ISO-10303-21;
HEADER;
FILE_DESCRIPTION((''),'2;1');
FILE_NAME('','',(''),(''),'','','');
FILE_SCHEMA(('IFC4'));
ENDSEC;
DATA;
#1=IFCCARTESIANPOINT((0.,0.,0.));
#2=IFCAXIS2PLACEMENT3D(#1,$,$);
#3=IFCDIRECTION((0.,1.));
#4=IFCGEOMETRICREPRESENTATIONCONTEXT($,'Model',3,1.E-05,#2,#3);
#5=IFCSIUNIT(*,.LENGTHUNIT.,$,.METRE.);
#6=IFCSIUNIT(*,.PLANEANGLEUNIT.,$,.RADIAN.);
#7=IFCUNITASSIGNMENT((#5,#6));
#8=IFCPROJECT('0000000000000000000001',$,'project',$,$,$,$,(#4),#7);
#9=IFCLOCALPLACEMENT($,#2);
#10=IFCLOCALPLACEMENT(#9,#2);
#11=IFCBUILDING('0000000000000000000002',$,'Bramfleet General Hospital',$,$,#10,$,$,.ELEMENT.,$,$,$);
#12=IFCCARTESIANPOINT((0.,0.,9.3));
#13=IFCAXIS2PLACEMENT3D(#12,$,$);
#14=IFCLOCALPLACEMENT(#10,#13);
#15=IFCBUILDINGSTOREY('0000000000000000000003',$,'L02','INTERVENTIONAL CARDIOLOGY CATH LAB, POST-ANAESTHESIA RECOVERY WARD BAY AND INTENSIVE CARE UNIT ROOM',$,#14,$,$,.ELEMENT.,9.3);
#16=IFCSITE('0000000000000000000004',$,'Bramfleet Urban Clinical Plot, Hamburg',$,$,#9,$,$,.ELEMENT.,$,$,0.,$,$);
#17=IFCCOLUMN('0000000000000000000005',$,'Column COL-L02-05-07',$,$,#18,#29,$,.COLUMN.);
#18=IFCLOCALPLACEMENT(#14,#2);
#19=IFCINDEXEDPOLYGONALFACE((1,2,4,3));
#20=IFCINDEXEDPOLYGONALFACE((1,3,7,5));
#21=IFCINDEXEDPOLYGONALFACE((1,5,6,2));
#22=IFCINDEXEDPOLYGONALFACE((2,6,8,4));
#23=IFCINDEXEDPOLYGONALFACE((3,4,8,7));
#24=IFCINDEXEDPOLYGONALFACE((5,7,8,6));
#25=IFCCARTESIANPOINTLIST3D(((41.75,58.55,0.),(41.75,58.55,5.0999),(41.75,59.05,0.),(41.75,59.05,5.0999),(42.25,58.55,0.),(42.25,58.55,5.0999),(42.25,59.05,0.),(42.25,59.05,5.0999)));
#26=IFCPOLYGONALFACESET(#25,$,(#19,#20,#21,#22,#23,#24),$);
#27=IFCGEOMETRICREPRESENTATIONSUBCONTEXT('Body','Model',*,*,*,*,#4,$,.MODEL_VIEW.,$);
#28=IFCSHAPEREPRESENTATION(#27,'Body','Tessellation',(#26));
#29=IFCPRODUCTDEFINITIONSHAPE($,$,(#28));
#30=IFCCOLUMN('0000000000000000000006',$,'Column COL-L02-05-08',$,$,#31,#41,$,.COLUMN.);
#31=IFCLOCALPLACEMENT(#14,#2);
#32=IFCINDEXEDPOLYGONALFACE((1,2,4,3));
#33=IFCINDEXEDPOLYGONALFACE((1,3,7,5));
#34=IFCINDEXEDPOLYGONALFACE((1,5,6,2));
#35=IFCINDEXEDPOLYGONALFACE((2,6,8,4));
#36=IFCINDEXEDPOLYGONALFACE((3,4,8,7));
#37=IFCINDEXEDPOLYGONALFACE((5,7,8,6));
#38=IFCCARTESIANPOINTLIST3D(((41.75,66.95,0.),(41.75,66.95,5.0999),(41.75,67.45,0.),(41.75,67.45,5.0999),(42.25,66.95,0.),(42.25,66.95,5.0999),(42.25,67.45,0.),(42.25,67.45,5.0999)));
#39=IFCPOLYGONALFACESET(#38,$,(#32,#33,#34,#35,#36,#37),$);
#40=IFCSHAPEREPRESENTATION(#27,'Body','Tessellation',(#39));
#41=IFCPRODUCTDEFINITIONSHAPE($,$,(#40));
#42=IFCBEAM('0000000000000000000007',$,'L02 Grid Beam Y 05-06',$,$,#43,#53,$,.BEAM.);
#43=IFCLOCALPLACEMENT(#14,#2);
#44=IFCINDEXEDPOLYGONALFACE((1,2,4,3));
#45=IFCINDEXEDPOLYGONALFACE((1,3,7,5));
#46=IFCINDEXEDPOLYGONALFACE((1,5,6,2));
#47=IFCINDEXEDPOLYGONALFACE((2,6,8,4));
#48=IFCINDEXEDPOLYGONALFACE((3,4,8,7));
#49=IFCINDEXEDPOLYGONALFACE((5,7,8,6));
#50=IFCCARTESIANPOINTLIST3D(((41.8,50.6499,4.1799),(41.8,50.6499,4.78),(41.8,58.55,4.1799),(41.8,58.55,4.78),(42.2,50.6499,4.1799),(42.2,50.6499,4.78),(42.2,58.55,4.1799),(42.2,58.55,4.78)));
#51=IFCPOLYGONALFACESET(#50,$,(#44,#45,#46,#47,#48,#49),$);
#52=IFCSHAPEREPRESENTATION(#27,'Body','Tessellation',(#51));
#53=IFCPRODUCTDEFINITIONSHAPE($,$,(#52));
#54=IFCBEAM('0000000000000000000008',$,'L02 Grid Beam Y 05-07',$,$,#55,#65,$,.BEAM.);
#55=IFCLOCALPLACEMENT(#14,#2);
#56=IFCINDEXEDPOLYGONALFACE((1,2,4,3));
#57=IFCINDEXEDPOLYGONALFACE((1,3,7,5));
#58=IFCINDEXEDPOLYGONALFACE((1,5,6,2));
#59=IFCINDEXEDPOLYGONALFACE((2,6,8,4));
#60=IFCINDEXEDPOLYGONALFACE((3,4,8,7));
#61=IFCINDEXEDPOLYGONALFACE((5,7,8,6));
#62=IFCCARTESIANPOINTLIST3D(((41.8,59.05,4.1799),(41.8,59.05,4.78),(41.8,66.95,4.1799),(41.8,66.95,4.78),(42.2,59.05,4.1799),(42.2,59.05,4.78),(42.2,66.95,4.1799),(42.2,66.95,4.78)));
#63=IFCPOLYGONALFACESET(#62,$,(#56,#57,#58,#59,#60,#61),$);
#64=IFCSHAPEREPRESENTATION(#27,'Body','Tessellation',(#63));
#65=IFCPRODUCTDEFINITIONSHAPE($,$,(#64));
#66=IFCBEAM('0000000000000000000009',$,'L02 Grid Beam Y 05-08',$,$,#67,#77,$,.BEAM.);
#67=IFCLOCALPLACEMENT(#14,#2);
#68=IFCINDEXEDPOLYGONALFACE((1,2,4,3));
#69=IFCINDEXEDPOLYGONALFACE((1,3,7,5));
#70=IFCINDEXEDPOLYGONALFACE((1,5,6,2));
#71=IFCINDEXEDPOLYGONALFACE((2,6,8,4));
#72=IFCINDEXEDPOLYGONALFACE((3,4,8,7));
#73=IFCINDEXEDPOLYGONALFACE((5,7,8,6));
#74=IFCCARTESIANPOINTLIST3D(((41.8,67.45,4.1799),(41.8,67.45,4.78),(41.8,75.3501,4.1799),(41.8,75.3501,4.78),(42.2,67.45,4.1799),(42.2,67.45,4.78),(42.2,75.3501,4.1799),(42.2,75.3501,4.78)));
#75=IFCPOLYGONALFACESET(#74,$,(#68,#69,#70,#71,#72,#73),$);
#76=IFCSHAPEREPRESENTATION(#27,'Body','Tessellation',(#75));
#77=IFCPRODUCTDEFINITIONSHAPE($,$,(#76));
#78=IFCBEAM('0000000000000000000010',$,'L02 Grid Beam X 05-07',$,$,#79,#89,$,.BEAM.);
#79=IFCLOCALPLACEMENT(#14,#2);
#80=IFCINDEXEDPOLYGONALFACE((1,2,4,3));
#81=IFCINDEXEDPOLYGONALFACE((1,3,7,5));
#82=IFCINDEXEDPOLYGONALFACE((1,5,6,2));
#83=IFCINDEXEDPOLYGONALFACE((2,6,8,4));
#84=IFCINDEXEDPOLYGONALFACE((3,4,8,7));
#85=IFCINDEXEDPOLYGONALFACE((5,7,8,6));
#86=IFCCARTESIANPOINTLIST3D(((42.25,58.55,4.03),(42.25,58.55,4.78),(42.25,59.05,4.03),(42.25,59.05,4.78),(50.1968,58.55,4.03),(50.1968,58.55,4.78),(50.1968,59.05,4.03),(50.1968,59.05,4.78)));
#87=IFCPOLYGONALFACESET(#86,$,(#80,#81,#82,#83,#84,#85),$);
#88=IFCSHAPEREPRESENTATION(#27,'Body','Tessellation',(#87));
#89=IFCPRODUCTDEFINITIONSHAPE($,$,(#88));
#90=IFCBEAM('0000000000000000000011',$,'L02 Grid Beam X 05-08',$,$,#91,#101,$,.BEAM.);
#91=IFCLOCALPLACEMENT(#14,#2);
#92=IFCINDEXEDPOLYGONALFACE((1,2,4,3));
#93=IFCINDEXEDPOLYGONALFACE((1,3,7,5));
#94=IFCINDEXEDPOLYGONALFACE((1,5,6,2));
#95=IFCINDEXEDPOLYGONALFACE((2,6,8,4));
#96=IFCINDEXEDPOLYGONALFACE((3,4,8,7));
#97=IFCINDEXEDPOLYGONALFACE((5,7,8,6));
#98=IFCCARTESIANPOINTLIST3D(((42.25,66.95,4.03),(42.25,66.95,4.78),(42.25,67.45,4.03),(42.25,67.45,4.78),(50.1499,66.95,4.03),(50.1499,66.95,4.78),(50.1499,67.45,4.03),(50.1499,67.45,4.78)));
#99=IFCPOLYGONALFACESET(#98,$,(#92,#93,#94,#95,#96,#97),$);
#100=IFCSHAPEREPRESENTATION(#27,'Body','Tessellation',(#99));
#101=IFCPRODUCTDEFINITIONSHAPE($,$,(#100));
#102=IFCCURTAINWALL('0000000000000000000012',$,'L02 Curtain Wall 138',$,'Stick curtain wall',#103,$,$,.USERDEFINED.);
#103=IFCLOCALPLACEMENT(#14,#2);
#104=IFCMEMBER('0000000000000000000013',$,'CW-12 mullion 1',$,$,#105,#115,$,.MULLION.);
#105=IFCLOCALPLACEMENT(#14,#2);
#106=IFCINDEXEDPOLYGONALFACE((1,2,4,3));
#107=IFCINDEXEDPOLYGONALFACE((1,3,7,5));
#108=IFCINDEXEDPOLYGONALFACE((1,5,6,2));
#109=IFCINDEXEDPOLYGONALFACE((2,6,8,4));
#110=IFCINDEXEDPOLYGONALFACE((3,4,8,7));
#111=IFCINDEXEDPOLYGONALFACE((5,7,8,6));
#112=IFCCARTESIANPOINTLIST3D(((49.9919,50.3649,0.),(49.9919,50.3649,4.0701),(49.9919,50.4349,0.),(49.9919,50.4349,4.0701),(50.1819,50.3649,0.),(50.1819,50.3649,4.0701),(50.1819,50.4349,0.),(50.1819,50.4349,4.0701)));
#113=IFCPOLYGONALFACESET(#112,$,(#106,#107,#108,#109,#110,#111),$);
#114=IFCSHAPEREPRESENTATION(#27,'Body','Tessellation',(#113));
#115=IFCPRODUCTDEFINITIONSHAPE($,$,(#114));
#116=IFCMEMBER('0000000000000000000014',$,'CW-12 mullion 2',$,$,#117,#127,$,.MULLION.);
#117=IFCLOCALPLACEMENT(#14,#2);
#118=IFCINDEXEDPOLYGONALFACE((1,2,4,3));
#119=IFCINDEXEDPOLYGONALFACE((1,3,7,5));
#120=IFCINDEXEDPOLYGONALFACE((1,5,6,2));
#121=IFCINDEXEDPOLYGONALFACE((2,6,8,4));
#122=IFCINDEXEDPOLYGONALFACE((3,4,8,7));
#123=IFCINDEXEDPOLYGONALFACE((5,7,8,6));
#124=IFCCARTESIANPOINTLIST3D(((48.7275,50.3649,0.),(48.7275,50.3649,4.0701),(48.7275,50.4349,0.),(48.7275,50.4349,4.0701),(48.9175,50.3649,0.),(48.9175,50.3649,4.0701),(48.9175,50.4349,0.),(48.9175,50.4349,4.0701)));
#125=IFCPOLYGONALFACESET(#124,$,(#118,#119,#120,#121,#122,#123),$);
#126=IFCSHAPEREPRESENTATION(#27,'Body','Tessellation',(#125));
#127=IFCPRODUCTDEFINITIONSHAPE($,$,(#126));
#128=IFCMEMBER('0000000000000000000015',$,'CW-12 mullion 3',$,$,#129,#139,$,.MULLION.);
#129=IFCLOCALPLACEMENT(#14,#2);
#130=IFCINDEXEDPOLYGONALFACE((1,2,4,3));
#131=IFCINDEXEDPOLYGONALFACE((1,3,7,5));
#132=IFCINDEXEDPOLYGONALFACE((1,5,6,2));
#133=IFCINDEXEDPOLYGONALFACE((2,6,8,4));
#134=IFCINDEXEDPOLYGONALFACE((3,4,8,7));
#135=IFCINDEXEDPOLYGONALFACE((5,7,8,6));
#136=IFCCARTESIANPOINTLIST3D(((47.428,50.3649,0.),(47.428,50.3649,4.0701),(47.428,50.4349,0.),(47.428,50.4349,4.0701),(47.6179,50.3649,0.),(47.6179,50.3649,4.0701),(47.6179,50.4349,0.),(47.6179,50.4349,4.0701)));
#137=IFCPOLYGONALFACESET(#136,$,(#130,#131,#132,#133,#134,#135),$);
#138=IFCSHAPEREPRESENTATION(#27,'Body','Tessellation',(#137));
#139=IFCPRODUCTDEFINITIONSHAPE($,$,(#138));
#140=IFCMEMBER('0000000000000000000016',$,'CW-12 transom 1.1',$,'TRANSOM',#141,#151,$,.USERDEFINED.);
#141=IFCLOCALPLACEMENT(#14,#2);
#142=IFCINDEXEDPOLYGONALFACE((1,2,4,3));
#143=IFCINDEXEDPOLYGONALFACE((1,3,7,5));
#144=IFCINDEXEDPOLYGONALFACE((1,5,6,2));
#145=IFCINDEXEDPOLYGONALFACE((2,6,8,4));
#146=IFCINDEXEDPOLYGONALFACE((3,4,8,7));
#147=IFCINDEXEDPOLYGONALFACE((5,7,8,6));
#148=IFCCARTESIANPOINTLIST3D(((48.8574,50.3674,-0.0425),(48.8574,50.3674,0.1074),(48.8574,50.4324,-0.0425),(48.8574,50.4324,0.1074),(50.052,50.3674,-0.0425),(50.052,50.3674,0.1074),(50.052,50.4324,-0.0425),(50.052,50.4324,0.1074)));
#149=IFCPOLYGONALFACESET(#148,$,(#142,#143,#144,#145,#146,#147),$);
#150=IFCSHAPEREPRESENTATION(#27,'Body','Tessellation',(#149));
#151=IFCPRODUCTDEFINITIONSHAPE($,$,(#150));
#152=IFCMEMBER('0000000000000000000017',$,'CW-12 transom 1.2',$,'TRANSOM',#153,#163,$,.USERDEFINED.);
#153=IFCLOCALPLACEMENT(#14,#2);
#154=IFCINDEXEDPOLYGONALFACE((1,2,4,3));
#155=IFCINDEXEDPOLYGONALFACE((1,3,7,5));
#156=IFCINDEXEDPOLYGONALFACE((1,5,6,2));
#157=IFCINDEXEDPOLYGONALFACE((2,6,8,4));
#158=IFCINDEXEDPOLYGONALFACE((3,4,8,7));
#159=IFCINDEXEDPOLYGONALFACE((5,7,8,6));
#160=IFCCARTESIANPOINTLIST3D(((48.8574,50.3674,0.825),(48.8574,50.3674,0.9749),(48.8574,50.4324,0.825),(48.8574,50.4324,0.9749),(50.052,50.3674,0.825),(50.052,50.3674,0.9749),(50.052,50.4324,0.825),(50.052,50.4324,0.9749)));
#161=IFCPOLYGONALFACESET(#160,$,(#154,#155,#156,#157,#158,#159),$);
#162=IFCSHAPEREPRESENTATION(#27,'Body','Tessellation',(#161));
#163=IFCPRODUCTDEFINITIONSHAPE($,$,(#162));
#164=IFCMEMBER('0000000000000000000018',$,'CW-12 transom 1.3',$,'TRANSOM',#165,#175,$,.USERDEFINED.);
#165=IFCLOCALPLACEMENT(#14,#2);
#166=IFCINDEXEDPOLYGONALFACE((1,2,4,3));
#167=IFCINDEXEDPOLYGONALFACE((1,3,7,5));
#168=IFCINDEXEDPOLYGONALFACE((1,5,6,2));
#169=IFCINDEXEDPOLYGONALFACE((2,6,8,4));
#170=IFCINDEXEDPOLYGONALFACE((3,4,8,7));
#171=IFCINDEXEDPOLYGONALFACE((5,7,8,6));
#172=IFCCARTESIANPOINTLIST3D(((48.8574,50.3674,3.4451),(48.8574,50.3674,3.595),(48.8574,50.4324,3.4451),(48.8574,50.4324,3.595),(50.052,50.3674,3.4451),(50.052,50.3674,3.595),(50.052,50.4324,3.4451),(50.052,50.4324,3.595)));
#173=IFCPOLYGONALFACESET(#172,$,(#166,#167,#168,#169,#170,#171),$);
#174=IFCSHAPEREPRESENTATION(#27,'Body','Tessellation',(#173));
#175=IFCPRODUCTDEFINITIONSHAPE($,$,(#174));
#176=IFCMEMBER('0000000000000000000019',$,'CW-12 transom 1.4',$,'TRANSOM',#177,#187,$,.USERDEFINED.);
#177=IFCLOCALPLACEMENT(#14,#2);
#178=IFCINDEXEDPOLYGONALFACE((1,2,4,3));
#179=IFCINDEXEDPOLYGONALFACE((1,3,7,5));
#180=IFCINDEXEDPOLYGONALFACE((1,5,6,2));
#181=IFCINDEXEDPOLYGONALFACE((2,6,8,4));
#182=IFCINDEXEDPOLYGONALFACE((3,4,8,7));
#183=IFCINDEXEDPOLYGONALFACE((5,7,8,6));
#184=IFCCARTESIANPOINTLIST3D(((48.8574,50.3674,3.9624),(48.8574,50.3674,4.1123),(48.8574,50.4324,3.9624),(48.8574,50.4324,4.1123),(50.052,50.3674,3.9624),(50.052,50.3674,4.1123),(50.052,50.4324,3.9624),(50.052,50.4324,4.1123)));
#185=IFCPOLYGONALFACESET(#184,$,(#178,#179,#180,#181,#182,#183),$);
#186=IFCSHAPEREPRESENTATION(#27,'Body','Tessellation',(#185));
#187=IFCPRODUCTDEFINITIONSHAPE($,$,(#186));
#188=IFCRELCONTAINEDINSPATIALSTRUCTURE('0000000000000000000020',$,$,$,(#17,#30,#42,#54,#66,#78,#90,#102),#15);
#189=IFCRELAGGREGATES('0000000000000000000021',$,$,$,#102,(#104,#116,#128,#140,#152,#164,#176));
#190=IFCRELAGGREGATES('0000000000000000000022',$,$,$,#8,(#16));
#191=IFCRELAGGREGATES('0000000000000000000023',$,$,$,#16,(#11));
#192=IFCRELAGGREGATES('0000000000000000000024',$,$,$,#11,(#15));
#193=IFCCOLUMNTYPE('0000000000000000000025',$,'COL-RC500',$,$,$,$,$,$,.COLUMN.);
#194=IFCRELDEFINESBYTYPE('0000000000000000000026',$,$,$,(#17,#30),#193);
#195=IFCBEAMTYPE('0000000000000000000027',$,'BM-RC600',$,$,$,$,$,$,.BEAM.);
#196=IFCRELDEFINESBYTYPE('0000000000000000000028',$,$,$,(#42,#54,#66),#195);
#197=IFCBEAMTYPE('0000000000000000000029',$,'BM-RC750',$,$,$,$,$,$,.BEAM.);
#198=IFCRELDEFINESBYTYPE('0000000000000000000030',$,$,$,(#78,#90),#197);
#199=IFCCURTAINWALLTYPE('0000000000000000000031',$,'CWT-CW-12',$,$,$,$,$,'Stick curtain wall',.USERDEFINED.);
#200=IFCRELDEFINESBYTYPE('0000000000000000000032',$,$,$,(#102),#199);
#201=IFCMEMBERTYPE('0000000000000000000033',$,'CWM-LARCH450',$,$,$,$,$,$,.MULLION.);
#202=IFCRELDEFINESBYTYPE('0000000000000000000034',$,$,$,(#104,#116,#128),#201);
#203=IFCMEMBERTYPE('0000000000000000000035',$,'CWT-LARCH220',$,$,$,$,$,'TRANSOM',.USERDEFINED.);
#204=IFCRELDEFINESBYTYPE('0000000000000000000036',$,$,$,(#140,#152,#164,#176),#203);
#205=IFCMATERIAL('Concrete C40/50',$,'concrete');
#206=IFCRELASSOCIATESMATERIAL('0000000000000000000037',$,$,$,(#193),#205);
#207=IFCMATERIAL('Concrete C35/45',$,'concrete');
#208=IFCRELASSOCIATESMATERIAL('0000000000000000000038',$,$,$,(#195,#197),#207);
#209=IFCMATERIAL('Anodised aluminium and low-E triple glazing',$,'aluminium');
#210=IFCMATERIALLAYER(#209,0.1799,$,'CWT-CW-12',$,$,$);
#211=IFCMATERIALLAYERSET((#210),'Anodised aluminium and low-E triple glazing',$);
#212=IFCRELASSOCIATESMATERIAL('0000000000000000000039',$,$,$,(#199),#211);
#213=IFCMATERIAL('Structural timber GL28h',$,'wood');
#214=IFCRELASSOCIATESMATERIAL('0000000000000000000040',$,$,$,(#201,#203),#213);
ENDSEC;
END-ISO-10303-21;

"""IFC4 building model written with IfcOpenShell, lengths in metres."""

from ifc_helpers import new_model, si_unit, direction, frame, origin, origin_2d, place, context, subcontext, project, spatial, rectangle, extrude, material, layer, layer_set, material_profile, profile_set, type_object, element, aggregate, save


model = new_model("IFC4")

# Units and contexts
model_context = context("Model", 3, precision=1e-05, world=origin(), true_north=direction((0.0, 1.0)))
body_context = subcontext(model_context, "Body", "Model", "MODEL_VIEW")
ifc_project = project(units=[si_unit("LENGTHUNIT", "METRE"), si_unit("PLANEANGLEUNIT", "RADIAN")], contexts=[model_context])

# Site, building, storey
site_placement = place(None, origin())
site = spatial("IfcSite", under=ifc_project, at=site_placement, Name="Bramfleet Urban Clinical Plot, Hamburg", CompositionType="ELEMENT", RefElevation=0.0)
building_placement = place(site_placement, origin())
building = spatial("IfcBuilding", under=site, at=building_placement, Name="Bramfleet General Hospital", CompositionType="ELEMENT")
storey_placement = place(building_placement, frame((0.0, 0.0, 9.3)))
storey = spatial("IfcBuildingStorey", under=building, at=storey_placement, Name="L02", Description="INTERVENTIONAL CARDIOLOGY CATH LAB, POST-ANAESTHESIA RECOVERY WARD BAY AND INTENSIVE CARE UNIT ROOM", CompositionType="ELEMENT", Elevation=9.3)

# Columns
ifc_material_1 = material(Name="Concrete C40/50", Category="concrete")
ifc_material_profile_1 = material_profile(ifc_material_1, rectangle(XDim=0.5, YDim=0.5, at=origin_2d()), Name="RC COL 500x500")
ifc_profile_set_1 = profile_set([ifc_material_profile_1], Name="Concrete C40/50")
column_type = type_object("IfcColumnType", Name="COL-RC500", PredefinedType="COLUMN", material=ifc_profile_set_1)
for number, where, z_axis, x_axis, name in (
    (1, (42.0, 58.8, 0.0), (0.0, 0.0, 1.0), (1.0, 0.0, 0.0), "Column COL-L02-05-07"),
    (2, (42.0, 67.2, 0.0), (0.0, 0.0, 1.0), (1.0, 0.0, 0.0), "Column COL-L02-05-08"),
):
    element("IfcColumn", number, at=place(storey_placement, frame(where, z_axis=z_axis, x_axis=x_axis)), inside=storey, type_object=column_type, Name=name, PredefinedType="COLUMN", context=body_context, shape_type="SweptSolid", body=[
        extrude(rectangle(XDim=0.5, YDim=0.5, at=origin_2d()), origin(), (0.0, 0.0, 1.0), 5.0999),
    ])

# Beams
ifc_material_2 = material(Name="Concrete C35/45", Category="concrete")
ifc_material_profile_2 = material_profile(ifc_material_2, rectangle(XDim=0.3999, YDim=0.6001, at=origin_2d()), Name="RC BM 600x400")
ifc_profile_set_2 = profile_set([ifc_material_profile_2], Name="Concrete C35/45")
beam_type_1 = type_object("IfcBeamType", Name="BM-RC600", PredefinedType="BEAM", material=ifc_profile_set_2)
beam_1_placement = place(storey_placement, frame((42.0, 50.6499, 4.48), z_axis=(0.0, 1.0, 0.0), x_axis=(-1.0, 0.0, 0.0)))
element("IfcBeam", 3, at=beam_1_placement, inside=storey, type_object=beam_type_1, Name="L02 Grid Beam Y 05-06", PredefinedType="BEAM", context=body_context, shape_type="SweptSolid", body=[
    extrude(rectangle(XDim=0.3999, YDim=0.6001, at=origin_2d()), origin(), (0.0, 0.0, 1.0), 7.9001),
])
beam_2_placement = place(storey_placement, frame((42.0, 59.05, 4.48), z_axis=(0.0, 1.0, 0.0), x_axis=(-1.0, 0.0, 0.0)))
element("IfcBeam", 4, at=beam_2_placement, inside=storey, type_object=beam_type_1, Name="L02 Grid Beam Y 05-07", PredefinedType="BEAM", context=body_context, shape_type="SweptSolid", body=[
    extrude(rectangle(XDim=0.3999, YDim=0.6001, at=origin_2d()), origin(), (0.0, 0.0, 1.0), 7.8999),
])
beam_3_placement = place(storey_placement, frame((42.0, 67.45, 4.48), z_axis=(0.0, 1.0, 0.0), x_axis=(-1.0, 0.0, 0.0)))
element("IfcBeam", 5, at=beam_3_placement, inside=storey, type_object=beam_type_1, Name="L02 Grid Beam Y 05-08", PredefinedType="BEAM", context=body_context, shape_type="SweptSolid", body=[
    extrude(rectangle(XDim=0.3999, YDim=0.6001, at=origin_2d()), origin(), (0.0, 0.0, 1.0), 7.9001),
])
ifc_material_profile_3 = material_profile(ifc_material_2, rectangle(XDim=0.5, YDim=0.75, at=origin_2d()), Name="RC BM 750x500")
ifc_profile_set_3 = profile_set([ifc_material_profile_3], Name="Concrete C35/45")
beam_type_2 = type_object("IfcBeamType", Name="BM-RC750", PredefinedType="BEAM", material=ifc_profile_set_3)
beam_4_placement = place(storey_placement, frame((42.25, 58.8, 4.405), z_axis=(1.0, 0.0, 0.0), x_axis=(0.0, 1.0, 0.0)))
element("IfcBeam", 6, at=beam_4_placement, inside=storey, type_object=beam_type_2, Name="L02 Grid Beam X 05-07", PredefinedType="BEAM", context=body_context, shape_type="SweptSolid", body=[
    extrude(rectangle(XDim=0.5, YDim=0.75, at=origin_2d()), origin(), (0.0, 0.0, 1.0), 7.9468),
])
beam_5_placement = place(storey_placement, frame((42.25, 67.2, 4.405), z_axis=(1.0, 0.0, 0.0), x_axis=(0.0, 1.0, 0.0)))
element("IfcBeam", 7, at=beam_5_placement, inside=storey, type_object=beam_type_2, Name="L02 Grid Beam X 05-08", PredefinedType="BEAM", context=body_context, shape_type="SweptSolid", body=[
    extrude(rectangle(XDim=0.5, YDim=0.75, at=origin_2d()), origin(), (0.0, 0.0, 1.0), 7.8999),
])

# Curtain wall, members
ifc_material_3 = material(Name="Anodised aluminium and low-E triple glazing", Category="aluminium")
ifc_layer_1 = layer(ifc_material_3, 0.1799, Name="CWT-CW-12")
ifc_layer_set_1 = layer_set([ifc_layer_1], Name="Anodised aluminium and low-E triple glazing")
curtain_wall_type = type_object("IfcCurtainWallType", Name="CWT-CW-12", ElementType="Stick curtain wall", PredefinedType="USERDEFINED", material=ifc_layer_set_1)
curtain_wall_placement = place(storey_placement, origin())
curtain_wall = element("IfcCurtainWall", 8, at=curtain_wall_placement, inside=storey, type_object=curtain_wall_type, Name="L02 Curtain Wall 138", ObjectType="Stick curtain wall", PredefinedType="USERDEFINED")
ifc_material_4 = material(Name="Structural timber GL28h", Category="wood")
ifc_material_profile_4 = material_profile(ifc_material_4, rectangle(XDim=0.0701, YDim=0.1899, at=origin_2d()), Name="LARCH 190x70")
ifc_profile_set_4 = profile_set([ifc_material_profile_4], Name="Structural timber GL28h")
member_type_1 = type_object("IfcMemberType", Name="CWM-LARCH450", PredefinedType="MULLION", material=ifc_profile_set_4)
member_1_placement = place(storey_placement, frame((50.0869, 50.3999, 0.0), z_axis=(0.0, 0.0, 1.0), x_axis=(0.0, -1.0, 0.0)))
member_1 = element("IfcMember", 9, at=member_1_placement, type_object=member_type_1, Name="CW-12 mullion 1", PredefinedType="MULLION", context=body_context, shape_type="SweptSolid", body=[
    extrude(rectangle(XDim=0.0701, YDim=0.1899, at=origin_2d()), origin(), (0.0, 0.0, 1.0), 4.0701),
])
member_2_placement = place(storey_placement, frame((48.8225, 50.3999, 0.0), z_axis=(0.0, 0.0, 1.0), x_axis=(0.0, -1.0, 0.0)))
member_2 = element("IfcMember", 10, at=member_2_placement, type_object=member_type_1, Name="CW-12 mullion 2", PredefinedType="MULLION", context=body_context, shape_type="SweptSolid", body=[
    extrude(rectangle(XDim=0.0701, YDim=0.1899, at=origin_2d()), origin(), (0.0, 0.0, 1.0), 4.0701),
])
member_3_placement = place(storey_placement, frame((47.5229, 50.3999, 0.0), z_axis=(0.0, 0.0, 1.0), x_axis=(0.0, -1.0, 0.0)))
member_3 = element("IfcMember", 11, at=member_3_placement, type_object=member_type_1, Name="CW-12 mullion 3", PredefinedType="MULLION", context=body_context, shape_type="SweptSolid", body=[
    extrude(rectangle(XDim=0.0701, YDim=0.1899, at=origin_2d()), origin(), (0.0, 0.0, 1.0), 4.0701),
])
ifc_material_profile_5 = material_profile(ifc_material_4, rectangle(XDim=0.0649, YDim=0.1499, at=origin_2d()), Name="LARCH 150x65")
ifc_profile_set_5 = profile_set([ifc_material_profile_5], Name="Structural timber GL28h")
member_type_2 = type_object("IfcMemberType", Name="CWT-LARCH220", ElementType="TRANSOM", PredefinedType="USERDEFINED", material=ifc_profile_set_5)
member_4_placement = place(storey_placement, frame((50.052, 50.3999, 0.0325), z_axis=(-1.0, 0.0, 0.0), x_axis=(0.0, -1.0, 0.0)))
member_4 = element("IfcMember", 12, at=member_4_placement, type_object=member_type_2, Name="CW-12 transom 1.1", ObjectType="TRANSOM", PredefinedType="USERDEFINED", context=body_context, shape_type="SweptSolid", body=[
    extrude(rectangle(XDim=0.0649, YDim=0.1499, at=origin_2d()), origin(), (0.0, 0.0, 1.0), 1.1946),
])
member_5_placement = place(storey_placement, frame((50.052, 50.3999, 0.8999), z_axis=(-1.0, 0.0, 0.0), x_axis=(0.0, -1.0, 0.0)))
member_5 = element("IfcMember", 13, at=member_5_placement, type_object=member_type_2, Name="CW-12 transom 1.2", ObjectType="TRANSOM", PredefinedType="USERDEFINED", context=body_context, shape_type="SweptSolid", body=[
    extrude(rectangle(XDim=0.0649, YDim=0.1499, at=origin_2d()), origin(), (0.0, 0.0, 1.0), 1.1946),
])
member_6_placement = place(storey_placement, frame((50.052, 50.3999, 3.52), z_axis=(-1.0, 0.0, 0.0), x_axis=(0.0, -1.0, 0.0)))
member_6 = element("IfcMember", 14, at=member_6_placement, type_object=member_type_2, Name="CW-12 transom 1.3", ObjectType="TRANSOM", PredefinedType="USERDEFINED", context=body_context, shape_type="SweptSolid", body=[
    extrude(rectangle(XDim=0.0649, YDim=0.1499, at=origin_2d()), origin(), (0.0, 0.0, 1.0), 1.1946),
])
member_7_placement = place(storey_placement, frame((50.052, 50.3999, 4.0374), z_axis=(-1.0, 0.0, 0.0), x_axis=(0.0, -1.0, 0.0)))
member_7 = element("IfcMember", 15, at=member_7_placement, type_object=member_type_2, Name="CW-12 transom 1.4", ObjectType="TRANSOM", PredefinedType="USERDEFINED", context=body_context, shape_type="SweptSolid", body=[
    extrude(rectangle(XDim=0.0649, YDim=0.1499, at=origin_2d()), origin(), (0.0, 0.0, 1.0), 1.1946),
])
aggregate(curtain_wall, [member_1, member_2, member_3, member_4, member_5, member_6, member_7])

save(model, "model.ifc")
